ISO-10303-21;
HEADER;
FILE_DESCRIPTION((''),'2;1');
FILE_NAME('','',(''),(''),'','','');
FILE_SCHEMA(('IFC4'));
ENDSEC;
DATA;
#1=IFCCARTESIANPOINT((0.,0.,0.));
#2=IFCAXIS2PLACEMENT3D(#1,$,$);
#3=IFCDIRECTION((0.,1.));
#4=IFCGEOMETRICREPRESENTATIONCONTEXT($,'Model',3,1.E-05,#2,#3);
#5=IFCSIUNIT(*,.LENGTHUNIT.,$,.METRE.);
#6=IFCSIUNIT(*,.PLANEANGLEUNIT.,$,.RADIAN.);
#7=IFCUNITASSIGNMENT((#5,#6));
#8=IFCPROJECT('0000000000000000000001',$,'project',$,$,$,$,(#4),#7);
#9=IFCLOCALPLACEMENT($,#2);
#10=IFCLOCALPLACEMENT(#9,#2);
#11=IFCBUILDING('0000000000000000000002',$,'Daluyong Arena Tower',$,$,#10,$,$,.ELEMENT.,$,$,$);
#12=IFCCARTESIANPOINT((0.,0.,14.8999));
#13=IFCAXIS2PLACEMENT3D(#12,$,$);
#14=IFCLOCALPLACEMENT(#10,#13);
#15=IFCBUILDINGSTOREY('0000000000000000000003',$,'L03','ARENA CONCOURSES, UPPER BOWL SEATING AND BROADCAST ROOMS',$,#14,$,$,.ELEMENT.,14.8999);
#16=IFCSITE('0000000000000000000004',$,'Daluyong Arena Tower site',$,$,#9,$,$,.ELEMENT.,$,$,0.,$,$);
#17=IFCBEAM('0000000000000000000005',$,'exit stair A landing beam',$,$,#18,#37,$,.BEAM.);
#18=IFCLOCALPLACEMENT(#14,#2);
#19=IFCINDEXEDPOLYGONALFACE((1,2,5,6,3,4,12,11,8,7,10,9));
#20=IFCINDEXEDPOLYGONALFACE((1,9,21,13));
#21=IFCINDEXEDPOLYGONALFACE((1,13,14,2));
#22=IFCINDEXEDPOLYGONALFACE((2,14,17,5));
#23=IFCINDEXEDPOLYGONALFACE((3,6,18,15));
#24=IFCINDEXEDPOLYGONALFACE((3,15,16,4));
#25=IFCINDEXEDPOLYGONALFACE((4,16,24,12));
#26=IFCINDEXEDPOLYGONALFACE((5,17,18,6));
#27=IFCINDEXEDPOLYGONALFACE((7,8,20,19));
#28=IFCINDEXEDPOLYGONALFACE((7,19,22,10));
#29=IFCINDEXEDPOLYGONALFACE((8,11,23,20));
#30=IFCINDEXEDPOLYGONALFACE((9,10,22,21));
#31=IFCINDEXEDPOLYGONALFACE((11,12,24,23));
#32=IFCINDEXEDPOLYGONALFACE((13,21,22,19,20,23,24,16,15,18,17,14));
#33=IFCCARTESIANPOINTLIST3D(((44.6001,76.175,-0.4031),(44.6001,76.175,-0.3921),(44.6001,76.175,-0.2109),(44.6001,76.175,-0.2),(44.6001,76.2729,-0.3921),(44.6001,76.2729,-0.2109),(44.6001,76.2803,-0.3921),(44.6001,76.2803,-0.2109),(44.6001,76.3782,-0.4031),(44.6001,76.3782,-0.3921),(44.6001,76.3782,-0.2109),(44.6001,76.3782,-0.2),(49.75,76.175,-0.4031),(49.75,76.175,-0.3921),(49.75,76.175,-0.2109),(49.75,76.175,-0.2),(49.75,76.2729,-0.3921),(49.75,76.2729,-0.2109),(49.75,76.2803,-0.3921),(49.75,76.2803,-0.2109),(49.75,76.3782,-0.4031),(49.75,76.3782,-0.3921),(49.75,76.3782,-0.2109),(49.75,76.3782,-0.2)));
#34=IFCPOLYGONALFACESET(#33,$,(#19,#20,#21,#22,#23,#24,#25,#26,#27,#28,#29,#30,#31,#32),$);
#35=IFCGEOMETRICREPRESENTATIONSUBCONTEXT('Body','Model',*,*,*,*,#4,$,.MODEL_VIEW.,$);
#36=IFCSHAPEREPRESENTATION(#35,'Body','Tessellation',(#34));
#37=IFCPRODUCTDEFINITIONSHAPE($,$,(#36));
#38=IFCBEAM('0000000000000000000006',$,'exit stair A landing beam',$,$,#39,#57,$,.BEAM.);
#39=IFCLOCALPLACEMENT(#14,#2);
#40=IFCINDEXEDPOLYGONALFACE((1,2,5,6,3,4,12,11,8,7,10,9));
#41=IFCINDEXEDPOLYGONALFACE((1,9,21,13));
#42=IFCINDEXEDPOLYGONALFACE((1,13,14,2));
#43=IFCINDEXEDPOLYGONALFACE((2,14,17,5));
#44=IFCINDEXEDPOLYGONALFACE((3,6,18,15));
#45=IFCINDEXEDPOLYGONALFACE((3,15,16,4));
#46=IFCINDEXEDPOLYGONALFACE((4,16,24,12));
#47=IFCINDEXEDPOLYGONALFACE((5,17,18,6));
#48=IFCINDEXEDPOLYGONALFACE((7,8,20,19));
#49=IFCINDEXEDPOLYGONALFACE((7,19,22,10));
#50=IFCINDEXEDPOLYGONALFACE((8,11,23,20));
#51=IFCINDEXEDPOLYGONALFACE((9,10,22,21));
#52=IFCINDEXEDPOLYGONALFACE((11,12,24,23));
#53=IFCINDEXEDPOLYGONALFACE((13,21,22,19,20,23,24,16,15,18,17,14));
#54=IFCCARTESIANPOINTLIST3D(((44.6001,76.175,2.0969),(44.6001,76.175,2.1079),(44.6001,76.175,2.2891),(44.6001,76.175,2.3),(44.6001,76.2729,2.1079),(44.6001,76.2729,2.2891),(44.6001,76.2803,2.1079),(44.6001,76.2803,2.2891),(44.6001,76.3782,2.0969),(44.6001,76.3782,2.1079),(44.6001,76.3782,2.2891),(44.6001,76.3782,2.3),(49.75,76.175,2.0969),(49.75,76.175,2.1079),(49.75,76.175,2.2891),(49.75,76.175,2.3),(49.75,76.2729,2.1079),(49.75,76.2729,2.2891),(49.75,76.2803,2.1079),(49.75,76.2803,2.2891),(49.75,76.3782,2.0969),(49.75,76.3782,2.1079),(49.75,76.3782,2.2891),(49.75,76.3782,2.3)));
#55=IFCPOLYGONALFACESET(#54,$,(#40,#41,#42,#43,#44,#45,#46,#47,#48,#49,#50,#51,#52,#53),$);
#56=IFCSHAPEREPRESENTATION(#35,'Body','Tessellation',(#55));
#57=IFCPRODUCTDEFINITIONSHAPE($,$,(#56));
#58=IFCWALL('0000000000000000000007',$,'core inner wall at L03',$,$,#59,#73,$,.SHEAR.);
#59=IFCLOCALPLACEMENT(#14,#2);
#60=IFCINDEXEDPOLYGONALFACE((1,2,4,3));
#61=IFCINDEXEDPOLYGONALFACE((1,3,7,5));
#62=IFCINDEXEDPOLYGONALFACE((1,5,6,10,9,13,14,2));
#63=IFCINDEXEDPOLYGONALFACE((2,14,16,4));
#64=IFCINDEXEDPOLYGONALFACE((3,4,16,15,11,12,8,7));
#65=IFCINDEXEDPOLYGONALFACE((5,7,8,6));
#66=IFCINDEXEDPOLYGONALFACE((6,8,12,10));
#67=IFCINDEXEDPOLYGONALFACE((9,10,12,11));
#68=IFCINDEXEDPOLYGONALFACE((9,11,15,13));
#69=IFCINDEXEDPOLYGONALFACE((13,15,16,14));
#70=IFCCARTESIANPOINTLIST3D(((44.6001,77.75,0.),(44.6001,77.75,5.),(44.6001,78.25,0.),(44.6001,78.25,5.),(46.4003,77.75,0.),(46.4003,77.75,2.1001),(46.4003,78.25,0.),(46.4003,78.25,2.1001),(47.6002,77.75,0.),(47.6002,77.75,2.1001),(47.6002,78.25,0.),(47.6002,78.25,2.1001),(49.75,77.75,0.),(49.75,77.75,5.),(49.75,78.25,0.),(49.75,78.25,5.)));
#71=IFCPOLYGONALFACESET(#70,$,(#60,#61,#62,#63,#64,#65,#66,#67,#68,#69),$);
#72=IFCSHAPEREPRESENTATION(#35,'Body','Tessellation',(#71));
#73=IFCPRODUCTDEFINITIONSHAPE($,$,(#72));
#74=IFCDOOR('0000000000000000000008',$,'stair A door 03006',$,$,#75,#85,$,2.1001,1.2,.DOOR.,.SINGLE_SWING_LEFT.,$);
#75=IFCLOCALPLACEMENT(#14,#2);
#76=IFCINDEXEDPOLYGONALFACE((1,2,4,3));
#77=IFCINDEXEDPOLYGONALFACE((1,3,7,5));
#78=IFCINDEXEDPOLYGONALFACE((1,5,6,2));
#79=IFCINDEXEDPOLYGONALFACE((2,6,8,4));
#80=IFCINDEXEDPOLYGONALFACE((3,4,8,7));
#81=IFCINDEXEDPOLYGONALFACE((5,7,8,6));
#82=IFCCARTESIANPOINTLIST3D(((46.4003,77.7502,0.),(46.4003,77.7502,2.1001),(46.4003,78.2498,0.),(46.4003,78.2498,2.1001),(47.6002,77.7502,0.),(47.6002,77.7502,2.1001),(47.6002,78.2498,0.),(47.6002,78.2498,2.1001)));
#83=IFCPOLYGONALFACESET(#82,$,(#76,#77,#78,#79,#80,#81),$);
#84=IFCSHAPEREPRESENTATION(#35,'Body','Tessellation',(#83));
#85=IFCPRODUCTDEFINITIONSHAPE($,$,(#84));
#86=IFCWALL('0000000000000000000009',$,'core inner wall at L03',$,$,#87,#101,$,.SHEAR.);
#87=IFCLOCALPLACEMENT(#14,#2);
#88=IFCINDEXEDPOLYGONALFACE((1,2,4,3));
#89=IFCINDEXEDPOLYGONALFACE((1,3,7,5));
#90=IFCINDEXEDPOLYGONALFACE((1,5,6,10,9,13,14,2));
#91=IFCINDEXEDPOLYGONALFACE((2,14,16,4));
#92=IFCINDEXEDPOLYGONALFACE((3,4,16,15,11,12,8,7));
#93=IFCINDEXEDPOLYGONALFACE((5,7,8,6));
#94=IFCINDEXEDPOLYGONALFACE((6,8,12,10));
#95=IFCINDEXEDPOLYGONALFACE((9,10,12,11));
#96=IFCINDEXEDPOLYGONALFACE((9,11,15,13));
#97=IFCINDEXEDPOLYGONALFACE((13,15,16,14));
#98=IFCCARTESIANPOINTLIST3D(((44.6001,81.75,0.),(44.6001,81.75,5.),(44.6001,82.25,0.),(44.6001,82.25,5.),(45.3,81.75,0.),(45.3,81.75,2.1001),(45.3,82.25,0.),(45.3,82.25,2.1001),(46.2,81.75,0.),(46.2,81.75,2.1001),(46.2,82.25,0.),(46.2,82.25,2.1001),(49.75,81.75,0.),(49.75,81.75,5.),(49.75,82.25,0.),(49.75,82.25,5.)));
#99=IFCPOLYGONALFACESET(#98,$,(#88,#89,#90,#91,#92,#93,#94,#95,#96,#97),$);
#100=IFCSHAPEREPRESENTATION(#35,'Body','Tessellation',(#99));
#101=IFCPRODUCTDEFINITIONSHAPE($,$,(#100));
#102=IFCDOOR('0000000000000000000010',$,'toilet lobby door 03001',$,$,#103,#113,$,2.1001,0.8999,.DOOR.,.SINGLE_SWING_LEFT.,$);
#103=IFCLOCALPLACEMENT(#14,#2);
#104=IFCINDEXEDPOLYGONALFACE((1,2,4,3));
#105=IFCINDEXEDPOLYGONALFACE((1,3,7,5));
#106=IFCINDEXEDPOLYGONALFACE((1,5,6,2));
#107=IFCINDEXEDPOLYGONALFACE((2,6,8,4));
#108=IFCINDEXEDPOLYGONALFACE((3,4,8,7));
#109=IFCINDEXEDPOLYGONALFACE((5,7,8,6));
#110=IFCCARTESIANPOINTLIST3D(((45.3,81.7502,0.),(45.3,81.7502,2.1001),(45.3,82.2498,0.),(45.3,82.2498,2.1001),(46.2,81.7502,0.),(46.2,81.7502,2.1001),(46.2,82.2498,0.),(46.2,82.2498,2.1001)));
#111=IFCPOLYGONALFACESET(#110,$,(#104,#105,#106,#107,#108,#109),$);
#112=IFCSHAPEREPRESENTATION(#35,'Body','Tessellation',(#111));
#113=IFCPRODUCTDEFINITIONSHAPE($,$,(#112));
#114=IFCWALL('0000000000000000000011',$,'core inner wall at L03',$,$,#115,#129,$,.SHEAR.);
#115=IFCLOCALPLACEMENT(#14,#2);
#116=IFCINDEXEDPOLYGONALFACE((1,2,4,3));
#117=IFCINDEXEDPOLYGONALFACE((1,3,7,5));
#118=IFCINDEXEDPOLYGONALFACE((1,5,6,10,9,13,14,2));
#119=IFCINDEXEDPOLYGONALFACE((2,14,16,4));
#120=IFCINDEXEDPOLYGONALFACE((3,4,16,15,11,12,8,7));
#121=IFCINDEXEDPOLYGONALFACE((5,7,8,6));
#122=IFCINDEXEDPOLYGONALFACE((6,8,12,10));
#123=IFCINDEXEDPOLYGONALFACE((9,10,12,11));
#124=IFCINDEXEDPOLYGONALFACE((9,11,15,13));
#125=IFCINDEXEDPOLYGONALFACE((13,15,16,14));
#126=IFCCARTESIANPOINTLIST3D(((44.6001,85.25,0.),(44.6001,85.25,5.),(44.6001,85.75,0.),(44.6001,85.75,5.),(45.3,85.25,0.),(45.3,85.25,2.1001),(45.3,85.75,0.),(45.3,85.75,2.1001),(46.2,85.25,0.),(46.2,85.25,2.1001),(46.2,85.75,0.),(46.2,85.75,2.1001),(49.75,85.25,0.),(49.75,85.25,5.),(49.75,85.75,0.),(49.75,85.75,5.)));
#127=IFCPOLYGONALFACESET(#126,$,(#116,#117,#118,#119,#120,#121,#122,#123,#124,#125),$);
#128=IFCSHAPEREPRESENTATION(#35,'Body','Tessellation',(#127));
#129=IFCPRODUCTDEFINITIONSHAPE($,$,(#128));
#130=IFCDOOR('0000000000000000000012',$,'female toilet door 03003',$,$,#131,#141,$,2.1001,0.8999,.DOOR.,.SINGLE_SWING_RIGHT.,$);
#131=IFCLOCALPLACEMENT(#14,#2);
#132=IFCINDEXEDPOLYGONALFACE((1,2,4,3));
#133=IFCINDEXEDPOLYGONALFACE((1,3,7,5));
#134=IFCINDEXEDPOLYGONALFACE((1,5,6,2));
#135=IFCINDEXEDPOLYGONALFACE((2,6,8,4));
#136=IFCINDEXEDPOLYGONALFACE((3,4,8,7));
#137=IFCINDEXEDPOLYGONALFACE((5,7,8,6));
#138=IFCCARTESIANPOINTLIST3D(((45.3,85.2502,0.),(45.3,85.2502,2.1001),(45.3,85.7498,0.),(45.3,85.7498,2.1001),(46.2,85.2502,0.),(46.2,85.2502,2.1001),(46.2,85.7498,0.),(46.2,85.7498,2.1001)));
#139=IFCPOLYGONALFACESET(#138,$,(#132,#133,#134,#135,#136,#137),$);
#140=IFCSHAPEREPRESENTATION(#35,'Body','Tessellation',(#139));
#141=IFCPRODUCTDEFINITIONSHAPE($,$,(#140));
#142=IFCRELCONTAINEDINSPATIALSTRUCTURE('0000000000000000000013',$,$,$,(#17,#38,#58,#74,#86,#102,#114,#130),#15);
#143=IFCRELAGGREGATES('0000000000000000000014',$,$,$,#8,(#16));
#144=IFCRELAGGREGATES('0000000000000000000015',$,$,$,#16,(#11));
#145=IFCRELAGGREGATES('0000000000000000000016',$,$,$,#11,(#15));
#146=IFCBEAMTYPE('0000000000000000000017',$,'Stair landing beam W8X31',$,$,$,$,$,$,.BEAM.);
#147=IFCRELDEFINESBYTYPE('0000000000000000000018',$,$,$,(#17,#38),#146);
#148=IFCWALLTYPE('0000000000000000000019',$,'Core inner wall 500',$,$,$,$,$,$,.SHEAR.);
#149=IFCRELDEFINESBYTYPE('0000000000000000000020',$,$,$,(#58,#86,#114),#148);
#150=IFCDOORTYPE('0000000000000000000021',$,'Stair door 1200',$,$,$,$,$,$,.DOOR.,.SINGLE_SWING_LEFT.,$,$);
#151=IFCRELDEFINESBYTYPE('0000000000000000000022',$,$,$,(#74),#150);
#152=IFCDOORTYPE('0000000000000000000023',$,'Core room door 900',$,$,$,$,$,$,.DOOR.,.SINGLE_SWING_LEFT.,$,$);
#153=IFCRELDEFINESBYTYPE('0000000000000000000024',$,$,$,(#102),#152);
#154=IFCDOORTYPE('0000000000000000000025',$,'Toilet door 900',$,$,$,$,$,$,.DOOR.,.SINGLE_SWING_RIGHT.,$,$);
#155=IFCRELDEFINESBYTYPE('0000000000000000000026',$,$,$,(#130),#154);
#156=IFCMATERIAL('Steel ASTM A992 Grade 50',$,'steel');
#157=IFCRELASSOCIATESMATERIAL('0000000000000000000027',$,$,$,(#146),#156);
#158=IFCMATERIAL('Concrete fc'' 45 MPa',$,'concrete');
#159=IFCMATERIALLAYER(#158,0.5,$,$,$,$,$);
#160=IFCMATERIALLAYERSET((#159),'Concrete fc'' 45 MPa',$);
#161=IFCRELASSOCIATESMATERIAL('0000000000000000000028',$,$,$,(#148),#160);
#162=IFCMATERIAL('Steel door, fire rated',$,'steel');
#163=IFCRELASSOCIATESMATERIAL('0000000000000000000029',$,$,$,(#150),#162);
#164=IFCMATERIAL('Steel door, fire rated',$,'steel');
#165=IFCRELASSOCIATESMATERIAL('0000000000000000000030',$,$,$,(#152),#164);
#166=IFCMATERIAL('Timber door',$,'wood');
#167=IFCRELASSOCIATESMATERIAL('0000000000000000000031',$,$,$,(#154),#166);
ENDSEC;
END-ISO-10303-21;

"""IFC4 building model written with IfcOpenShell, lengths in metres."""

from ifc_helpers import new_model, si_unit, direction, frame, frame_2d, origin, origin_2d, place, context, subcontext, project, spatial, rectangle, i_section, extrude, material, layer, layer_set, material_profile, profile_set, type_object, element, fill, save


model = new_model("IFC4")

# Units and contexts
model_context = context("Model", 3, precision=1e-05, world=origin(), true_north=direction((0.0, 1.0)))
body_context = subcontext(model_context, "Body", "Model", "MODEL_VIEW")
ifc_project = project(units=[si_unit("LENGTHUNIT", "METRE"), si_unit("PLANEANGLEUNIT", "RADIAN")], contexts=[model_context])

# Site, building, storey
site_placement = place(None, origin())
site = spatial("IfcSite", under=ifc_project, at=site_placement, Name="Daluyong Arena Tower site", CompositionType="ELEMENT", RefElevation=0.0)
building_placement = place(site_placement, origin())
building = spatial("IfcBuilding", under=site, at=building_placement, Name="Daluyong Arena Tower", CompositionType="ELEMENT")
storey_placement = place(building_placement, frame((0.0, 0.0, 14.8999)))
storey = spatial("IfcBuildingStorey", under=building, at=storey_placement, Name="L03", Description="ARENA CONCOURSES, UPPER BOWL SEATING AND BROADCAST ROOMS", CompositionType="ELEMENT", Elevation=14.8999)

# Beams
ifc_material_1 = material(Name="Steel ASTM A992 Grade 50", Category="steel")
ifc_material_profile_1 = material_profile(ifc_material_1, i_section(OverallWidth=0.2031, OverallDepth=0.2031, WebThickness=0.0073, FlangeThickness=0.011, at=origin_2d()))
ifc_profile_set_1 = profile_set([ifc_material_profile_1], Name="Steel ASTM A992 Grade 50")
beam_type_1 = type_object("IfcBeamType", Name="Stair landing beam W8X31", PredefinedType="BEAM", material=ifc_profile_set_1)
for number, where, z_axis, x_axis, name in (
    (1, (44.6001, 76.2766, -0.3015), (1.0, 0.0, 0.0), (0.0, 1.0, 0.0), "exit stair A landing beam"),
    (2, (44.6001, 76.2766, 2.1985), (1.0, 0.0, 0.0), (0.0, 1.0, 0.0), "exit stair A landing beam"),
):
    element("IfcBeam", number, at=place(storey_placement, frame(where, z_axis=z_axis, x_axis=x_axis)), inside=storey, type_object=beam_type_1, Name=name, PredefinedType="BEAM", context=body_context, shape_type="SweptSolid", body=[
        extrude(i_section(OverallWidth=0.2031, OverallDepth=0.2031, WebThickness=0.0073, FlangeThickness=0.011, at=origin_2d()), origin(), (0.0, 0.0, 1.0), 5.1499),
    ])

# Walls, openings, doors
ifc_material_2 = material(Name="Concrete fc' 45 MPa", Category="concrete")
ifc_layer_1 = layer(ifc_material_2, 0.5)
ifc_layer_set_1 = layer_set([ifc_layer_1], Name="Concrete fc' 45 MPa")
wall_type_1 = type_object("IfcWallType", Name="Core inner wall 500", PredefinedType="SHEAR", material=ifc_layer_set_1)
wall_1_placement = place(storey_placement, frame((44.6001, 78.0, 0.0), z_axis=(0.0, 0.0, 1.0), x_axis=(1.0, 0.0, 0.0)))
wall_1 = element("IfcWall", 3, at=wall_1_placement, inside=storey, type_object=wall_type_1, Name="core inner wall at L03", PredefinedType="SHEAR", context=body_context, shape_type="SweptSolid", body=[
    extrude(rectangle(XDim=5.1499, YDim=0.5, at=frame_2d((2.575, 0.0))), origin(), (0.0, 0.0, 1.0), 5.0),
])
opening_1_placement = place(wall_1_placement, frame((1.8, 0.0, 0.0)))
opening_1 = element("IfcOpeningElement", 4, at=opening_1_placement, cuts=wall_1, PredefinedType="OPENING", context=body_context, shape_type="SweptSolid", body=[
    extrude(rectangle(XDim=1.2, YDim=2.1001, at=frame_2d((0.6001, 1.05))), frame((0.0, 0.26, 0.0), z_axis=(0.0, -1.0, 0.0), x_axis=(1.0, 0.0, 0.0)), (0.0, 0.0, 1.0), 0.52),
])
ifc_material_3 = material(Name="Steel door, fire rated", Category="steel")
door_type_1 = type_object("IfcDoorType", Name="Stair door 1200", OperationType="SINGLE_SWING_LEFT", PredefinedType="DOOR", material=ifc_material_3)
door_1_placement = place(opening_1_placement, origin())
door_1 = element("IfcDoor", 5, at=door_1_placement, inside=storey, type_object=door_type_1, Name="stair A door 03006", OperationType="SINGLE_SWING_LEFT", OverallHeight=2.1001, OverallWidth=1.2, PredefinedType="DOOR", context=body_context, shape_type="SweptSolid", body=[
    extrude(rectangle(XDim=1.2, YDim=2.1001, at=frame_2d((0.6001, 1.05))), frame((0.0, 0.2498, 0.0), z_axis=(0.0, -1.0, 0.0), x_axis=(1.0, 0.0, 0.0)), (0.0, 0.0, 1.0), 0.4995),
])
fill(opening_1, door_1)
wall_2_placement = place(storey_placement, frame((44.6001, 82.0, 0.0), z_axis=(0.0, 0.0, 1.0), x_axis=(1.0, 0.0, 0.0)))
wall_2 = element("IfcWall", 6, at=wall_2_placement, inside=storey, type_object=wall_type_1, Name="core inner wall at L03", PredefinedType="SHEAR", context=body_context, shape_type="SweptSolid", body=[
    extrude(rectangle(XDim=5.1499, YDim=0.5, at=frame_2d((2.575, 0.0))), origin(), (0.0, 0.0, 1.0), 5.0),
])
opening_2_placement = place(wall_2_placement, frame((0.7, 0.0, 0.0)))
opening_2 = element("IfcOpeningElement", 7, at=opening_2_placement, cuts=wall_2, PredefinedType="OPENING", context=body_context, shape_type="SweptSolid", body=[
    extrude(rectangle(XDim=0.8999, YDim=2.1001, at=frame_2d((0.45, 1.05))), frame((0.0, 0.26, 0.0), z_axis=(0.0, -1.0, 0.0), x_axis=(1.0, 0.0, 0.0)), (0.0, 0.0, 1.0), 0.52),
])
ifc_material_4 = material(Name="Steel door, fire rated", Category="steel")
door_type_2 = type_object("IfcDoorType", Name="Core room door 900", OperationType="SINGLE_SWING_LEFT", PredefinedType="DOOR", material=ifc_material_4)
door_2_placement = place(opening_2_placement, origin())
door_2 = element("IfcDoor", 8, at=door_2_placement, inside=storey, type_object=door_type_2, Name="toilet lobby door 03001", OperationType="SINGLE_SWING_LEFT", OverallHeight=2.1001, OverallWidth=0.8999, PredefinedType="DOOR", context=body_context, shape_type="SweptSolid", body=[
    extrude(rectangle(XDim=0.8999, YDim=2.1001, at=frame_2d((0.45, 1.05))), frame((0.0, 0.2498, 0.0), z_axis=(0.0, -1.0, 0.0), x_axis=(1.0, 0.0, 0.0)), (0.0, 0.0, 1.0), 0.4995),
])
fill(opening_2, door_2)
wall_3_placement = place(storey_placement, frame((44.6001, 85.5, 0.0), z_axis=(0.0, 0.0, 1.0), x_axis=(1.0, 0.0, 0.0)))
wall_3 = element("IfcWall", 9, at=wall_3_placement, inside=storey, type_object=wall_type_1, Name="core inner wall at L03", PredefinedType="SHEAR", context=body_context, shape_type="SweptSolid", body=[
    extrude(rectangle(XDim=5.1499, YDim=0.5, at=frame_2d((2.575, 0.0))), origin(), (0.0, 0.0, 1.0), 5.0),
])
opening_3_placement = place(wall_3_placement, frame((0.7, 0.0, 0.0)))
opening_3 = element("IfcOpeningElement", 10, at=opening_3_placement, cuts=wall_3, PredefinedType="OPENING", context=body_context, shape_type="SweptSolid", body=[
    extrude(rectangle(XDim=0.8999, YDim=2.1001, at=frame_2d((0.45, 1.05))), frame((0.0, 0.26, 0.0), z_axis=(0.0, -1.0, 0.0), x_axis=(1.0, 0.0, 0.0)), (0.0, 0.0, 1.0), 0.52),
])
ifc_material_5 = material(Name="Timber door", Category="wood")
door_type_3 = type_object("IfcDoorType", Name="Toilet door 900", OperationType="SINGLE_SWING_RIGHT", PredefinedType="DOOR", material=ifc_material_5)
door_3_placement = place(opening_3_placement, origin())
door_3 = element("IfcDoor", 11, at=door_3_placement, inside=storey, type_object=door_type_3, Name="female toilet door 03003", OperationType="SINGLE_SWING_RIGHT", OverallHeight=2.1001, OverallWidth=0.8999, PredefinedType="DOOR", context=body_context, shape_type="SweptSolid", body=[
    extrude(rectangle(XDim=0.8999, YDim=2.1001, at=frame_2d((0.45, 1.05))), frame((0.0, 0.2498, 0.0), z_axis=(0.0, -1.0, 0.0), x_axis=(1.0, 0.0, 0.0)), (0.0, 0.0, 1.0), 0.4995),
])
fill(opening_3, door_3)

save(model, "model.ifc")
